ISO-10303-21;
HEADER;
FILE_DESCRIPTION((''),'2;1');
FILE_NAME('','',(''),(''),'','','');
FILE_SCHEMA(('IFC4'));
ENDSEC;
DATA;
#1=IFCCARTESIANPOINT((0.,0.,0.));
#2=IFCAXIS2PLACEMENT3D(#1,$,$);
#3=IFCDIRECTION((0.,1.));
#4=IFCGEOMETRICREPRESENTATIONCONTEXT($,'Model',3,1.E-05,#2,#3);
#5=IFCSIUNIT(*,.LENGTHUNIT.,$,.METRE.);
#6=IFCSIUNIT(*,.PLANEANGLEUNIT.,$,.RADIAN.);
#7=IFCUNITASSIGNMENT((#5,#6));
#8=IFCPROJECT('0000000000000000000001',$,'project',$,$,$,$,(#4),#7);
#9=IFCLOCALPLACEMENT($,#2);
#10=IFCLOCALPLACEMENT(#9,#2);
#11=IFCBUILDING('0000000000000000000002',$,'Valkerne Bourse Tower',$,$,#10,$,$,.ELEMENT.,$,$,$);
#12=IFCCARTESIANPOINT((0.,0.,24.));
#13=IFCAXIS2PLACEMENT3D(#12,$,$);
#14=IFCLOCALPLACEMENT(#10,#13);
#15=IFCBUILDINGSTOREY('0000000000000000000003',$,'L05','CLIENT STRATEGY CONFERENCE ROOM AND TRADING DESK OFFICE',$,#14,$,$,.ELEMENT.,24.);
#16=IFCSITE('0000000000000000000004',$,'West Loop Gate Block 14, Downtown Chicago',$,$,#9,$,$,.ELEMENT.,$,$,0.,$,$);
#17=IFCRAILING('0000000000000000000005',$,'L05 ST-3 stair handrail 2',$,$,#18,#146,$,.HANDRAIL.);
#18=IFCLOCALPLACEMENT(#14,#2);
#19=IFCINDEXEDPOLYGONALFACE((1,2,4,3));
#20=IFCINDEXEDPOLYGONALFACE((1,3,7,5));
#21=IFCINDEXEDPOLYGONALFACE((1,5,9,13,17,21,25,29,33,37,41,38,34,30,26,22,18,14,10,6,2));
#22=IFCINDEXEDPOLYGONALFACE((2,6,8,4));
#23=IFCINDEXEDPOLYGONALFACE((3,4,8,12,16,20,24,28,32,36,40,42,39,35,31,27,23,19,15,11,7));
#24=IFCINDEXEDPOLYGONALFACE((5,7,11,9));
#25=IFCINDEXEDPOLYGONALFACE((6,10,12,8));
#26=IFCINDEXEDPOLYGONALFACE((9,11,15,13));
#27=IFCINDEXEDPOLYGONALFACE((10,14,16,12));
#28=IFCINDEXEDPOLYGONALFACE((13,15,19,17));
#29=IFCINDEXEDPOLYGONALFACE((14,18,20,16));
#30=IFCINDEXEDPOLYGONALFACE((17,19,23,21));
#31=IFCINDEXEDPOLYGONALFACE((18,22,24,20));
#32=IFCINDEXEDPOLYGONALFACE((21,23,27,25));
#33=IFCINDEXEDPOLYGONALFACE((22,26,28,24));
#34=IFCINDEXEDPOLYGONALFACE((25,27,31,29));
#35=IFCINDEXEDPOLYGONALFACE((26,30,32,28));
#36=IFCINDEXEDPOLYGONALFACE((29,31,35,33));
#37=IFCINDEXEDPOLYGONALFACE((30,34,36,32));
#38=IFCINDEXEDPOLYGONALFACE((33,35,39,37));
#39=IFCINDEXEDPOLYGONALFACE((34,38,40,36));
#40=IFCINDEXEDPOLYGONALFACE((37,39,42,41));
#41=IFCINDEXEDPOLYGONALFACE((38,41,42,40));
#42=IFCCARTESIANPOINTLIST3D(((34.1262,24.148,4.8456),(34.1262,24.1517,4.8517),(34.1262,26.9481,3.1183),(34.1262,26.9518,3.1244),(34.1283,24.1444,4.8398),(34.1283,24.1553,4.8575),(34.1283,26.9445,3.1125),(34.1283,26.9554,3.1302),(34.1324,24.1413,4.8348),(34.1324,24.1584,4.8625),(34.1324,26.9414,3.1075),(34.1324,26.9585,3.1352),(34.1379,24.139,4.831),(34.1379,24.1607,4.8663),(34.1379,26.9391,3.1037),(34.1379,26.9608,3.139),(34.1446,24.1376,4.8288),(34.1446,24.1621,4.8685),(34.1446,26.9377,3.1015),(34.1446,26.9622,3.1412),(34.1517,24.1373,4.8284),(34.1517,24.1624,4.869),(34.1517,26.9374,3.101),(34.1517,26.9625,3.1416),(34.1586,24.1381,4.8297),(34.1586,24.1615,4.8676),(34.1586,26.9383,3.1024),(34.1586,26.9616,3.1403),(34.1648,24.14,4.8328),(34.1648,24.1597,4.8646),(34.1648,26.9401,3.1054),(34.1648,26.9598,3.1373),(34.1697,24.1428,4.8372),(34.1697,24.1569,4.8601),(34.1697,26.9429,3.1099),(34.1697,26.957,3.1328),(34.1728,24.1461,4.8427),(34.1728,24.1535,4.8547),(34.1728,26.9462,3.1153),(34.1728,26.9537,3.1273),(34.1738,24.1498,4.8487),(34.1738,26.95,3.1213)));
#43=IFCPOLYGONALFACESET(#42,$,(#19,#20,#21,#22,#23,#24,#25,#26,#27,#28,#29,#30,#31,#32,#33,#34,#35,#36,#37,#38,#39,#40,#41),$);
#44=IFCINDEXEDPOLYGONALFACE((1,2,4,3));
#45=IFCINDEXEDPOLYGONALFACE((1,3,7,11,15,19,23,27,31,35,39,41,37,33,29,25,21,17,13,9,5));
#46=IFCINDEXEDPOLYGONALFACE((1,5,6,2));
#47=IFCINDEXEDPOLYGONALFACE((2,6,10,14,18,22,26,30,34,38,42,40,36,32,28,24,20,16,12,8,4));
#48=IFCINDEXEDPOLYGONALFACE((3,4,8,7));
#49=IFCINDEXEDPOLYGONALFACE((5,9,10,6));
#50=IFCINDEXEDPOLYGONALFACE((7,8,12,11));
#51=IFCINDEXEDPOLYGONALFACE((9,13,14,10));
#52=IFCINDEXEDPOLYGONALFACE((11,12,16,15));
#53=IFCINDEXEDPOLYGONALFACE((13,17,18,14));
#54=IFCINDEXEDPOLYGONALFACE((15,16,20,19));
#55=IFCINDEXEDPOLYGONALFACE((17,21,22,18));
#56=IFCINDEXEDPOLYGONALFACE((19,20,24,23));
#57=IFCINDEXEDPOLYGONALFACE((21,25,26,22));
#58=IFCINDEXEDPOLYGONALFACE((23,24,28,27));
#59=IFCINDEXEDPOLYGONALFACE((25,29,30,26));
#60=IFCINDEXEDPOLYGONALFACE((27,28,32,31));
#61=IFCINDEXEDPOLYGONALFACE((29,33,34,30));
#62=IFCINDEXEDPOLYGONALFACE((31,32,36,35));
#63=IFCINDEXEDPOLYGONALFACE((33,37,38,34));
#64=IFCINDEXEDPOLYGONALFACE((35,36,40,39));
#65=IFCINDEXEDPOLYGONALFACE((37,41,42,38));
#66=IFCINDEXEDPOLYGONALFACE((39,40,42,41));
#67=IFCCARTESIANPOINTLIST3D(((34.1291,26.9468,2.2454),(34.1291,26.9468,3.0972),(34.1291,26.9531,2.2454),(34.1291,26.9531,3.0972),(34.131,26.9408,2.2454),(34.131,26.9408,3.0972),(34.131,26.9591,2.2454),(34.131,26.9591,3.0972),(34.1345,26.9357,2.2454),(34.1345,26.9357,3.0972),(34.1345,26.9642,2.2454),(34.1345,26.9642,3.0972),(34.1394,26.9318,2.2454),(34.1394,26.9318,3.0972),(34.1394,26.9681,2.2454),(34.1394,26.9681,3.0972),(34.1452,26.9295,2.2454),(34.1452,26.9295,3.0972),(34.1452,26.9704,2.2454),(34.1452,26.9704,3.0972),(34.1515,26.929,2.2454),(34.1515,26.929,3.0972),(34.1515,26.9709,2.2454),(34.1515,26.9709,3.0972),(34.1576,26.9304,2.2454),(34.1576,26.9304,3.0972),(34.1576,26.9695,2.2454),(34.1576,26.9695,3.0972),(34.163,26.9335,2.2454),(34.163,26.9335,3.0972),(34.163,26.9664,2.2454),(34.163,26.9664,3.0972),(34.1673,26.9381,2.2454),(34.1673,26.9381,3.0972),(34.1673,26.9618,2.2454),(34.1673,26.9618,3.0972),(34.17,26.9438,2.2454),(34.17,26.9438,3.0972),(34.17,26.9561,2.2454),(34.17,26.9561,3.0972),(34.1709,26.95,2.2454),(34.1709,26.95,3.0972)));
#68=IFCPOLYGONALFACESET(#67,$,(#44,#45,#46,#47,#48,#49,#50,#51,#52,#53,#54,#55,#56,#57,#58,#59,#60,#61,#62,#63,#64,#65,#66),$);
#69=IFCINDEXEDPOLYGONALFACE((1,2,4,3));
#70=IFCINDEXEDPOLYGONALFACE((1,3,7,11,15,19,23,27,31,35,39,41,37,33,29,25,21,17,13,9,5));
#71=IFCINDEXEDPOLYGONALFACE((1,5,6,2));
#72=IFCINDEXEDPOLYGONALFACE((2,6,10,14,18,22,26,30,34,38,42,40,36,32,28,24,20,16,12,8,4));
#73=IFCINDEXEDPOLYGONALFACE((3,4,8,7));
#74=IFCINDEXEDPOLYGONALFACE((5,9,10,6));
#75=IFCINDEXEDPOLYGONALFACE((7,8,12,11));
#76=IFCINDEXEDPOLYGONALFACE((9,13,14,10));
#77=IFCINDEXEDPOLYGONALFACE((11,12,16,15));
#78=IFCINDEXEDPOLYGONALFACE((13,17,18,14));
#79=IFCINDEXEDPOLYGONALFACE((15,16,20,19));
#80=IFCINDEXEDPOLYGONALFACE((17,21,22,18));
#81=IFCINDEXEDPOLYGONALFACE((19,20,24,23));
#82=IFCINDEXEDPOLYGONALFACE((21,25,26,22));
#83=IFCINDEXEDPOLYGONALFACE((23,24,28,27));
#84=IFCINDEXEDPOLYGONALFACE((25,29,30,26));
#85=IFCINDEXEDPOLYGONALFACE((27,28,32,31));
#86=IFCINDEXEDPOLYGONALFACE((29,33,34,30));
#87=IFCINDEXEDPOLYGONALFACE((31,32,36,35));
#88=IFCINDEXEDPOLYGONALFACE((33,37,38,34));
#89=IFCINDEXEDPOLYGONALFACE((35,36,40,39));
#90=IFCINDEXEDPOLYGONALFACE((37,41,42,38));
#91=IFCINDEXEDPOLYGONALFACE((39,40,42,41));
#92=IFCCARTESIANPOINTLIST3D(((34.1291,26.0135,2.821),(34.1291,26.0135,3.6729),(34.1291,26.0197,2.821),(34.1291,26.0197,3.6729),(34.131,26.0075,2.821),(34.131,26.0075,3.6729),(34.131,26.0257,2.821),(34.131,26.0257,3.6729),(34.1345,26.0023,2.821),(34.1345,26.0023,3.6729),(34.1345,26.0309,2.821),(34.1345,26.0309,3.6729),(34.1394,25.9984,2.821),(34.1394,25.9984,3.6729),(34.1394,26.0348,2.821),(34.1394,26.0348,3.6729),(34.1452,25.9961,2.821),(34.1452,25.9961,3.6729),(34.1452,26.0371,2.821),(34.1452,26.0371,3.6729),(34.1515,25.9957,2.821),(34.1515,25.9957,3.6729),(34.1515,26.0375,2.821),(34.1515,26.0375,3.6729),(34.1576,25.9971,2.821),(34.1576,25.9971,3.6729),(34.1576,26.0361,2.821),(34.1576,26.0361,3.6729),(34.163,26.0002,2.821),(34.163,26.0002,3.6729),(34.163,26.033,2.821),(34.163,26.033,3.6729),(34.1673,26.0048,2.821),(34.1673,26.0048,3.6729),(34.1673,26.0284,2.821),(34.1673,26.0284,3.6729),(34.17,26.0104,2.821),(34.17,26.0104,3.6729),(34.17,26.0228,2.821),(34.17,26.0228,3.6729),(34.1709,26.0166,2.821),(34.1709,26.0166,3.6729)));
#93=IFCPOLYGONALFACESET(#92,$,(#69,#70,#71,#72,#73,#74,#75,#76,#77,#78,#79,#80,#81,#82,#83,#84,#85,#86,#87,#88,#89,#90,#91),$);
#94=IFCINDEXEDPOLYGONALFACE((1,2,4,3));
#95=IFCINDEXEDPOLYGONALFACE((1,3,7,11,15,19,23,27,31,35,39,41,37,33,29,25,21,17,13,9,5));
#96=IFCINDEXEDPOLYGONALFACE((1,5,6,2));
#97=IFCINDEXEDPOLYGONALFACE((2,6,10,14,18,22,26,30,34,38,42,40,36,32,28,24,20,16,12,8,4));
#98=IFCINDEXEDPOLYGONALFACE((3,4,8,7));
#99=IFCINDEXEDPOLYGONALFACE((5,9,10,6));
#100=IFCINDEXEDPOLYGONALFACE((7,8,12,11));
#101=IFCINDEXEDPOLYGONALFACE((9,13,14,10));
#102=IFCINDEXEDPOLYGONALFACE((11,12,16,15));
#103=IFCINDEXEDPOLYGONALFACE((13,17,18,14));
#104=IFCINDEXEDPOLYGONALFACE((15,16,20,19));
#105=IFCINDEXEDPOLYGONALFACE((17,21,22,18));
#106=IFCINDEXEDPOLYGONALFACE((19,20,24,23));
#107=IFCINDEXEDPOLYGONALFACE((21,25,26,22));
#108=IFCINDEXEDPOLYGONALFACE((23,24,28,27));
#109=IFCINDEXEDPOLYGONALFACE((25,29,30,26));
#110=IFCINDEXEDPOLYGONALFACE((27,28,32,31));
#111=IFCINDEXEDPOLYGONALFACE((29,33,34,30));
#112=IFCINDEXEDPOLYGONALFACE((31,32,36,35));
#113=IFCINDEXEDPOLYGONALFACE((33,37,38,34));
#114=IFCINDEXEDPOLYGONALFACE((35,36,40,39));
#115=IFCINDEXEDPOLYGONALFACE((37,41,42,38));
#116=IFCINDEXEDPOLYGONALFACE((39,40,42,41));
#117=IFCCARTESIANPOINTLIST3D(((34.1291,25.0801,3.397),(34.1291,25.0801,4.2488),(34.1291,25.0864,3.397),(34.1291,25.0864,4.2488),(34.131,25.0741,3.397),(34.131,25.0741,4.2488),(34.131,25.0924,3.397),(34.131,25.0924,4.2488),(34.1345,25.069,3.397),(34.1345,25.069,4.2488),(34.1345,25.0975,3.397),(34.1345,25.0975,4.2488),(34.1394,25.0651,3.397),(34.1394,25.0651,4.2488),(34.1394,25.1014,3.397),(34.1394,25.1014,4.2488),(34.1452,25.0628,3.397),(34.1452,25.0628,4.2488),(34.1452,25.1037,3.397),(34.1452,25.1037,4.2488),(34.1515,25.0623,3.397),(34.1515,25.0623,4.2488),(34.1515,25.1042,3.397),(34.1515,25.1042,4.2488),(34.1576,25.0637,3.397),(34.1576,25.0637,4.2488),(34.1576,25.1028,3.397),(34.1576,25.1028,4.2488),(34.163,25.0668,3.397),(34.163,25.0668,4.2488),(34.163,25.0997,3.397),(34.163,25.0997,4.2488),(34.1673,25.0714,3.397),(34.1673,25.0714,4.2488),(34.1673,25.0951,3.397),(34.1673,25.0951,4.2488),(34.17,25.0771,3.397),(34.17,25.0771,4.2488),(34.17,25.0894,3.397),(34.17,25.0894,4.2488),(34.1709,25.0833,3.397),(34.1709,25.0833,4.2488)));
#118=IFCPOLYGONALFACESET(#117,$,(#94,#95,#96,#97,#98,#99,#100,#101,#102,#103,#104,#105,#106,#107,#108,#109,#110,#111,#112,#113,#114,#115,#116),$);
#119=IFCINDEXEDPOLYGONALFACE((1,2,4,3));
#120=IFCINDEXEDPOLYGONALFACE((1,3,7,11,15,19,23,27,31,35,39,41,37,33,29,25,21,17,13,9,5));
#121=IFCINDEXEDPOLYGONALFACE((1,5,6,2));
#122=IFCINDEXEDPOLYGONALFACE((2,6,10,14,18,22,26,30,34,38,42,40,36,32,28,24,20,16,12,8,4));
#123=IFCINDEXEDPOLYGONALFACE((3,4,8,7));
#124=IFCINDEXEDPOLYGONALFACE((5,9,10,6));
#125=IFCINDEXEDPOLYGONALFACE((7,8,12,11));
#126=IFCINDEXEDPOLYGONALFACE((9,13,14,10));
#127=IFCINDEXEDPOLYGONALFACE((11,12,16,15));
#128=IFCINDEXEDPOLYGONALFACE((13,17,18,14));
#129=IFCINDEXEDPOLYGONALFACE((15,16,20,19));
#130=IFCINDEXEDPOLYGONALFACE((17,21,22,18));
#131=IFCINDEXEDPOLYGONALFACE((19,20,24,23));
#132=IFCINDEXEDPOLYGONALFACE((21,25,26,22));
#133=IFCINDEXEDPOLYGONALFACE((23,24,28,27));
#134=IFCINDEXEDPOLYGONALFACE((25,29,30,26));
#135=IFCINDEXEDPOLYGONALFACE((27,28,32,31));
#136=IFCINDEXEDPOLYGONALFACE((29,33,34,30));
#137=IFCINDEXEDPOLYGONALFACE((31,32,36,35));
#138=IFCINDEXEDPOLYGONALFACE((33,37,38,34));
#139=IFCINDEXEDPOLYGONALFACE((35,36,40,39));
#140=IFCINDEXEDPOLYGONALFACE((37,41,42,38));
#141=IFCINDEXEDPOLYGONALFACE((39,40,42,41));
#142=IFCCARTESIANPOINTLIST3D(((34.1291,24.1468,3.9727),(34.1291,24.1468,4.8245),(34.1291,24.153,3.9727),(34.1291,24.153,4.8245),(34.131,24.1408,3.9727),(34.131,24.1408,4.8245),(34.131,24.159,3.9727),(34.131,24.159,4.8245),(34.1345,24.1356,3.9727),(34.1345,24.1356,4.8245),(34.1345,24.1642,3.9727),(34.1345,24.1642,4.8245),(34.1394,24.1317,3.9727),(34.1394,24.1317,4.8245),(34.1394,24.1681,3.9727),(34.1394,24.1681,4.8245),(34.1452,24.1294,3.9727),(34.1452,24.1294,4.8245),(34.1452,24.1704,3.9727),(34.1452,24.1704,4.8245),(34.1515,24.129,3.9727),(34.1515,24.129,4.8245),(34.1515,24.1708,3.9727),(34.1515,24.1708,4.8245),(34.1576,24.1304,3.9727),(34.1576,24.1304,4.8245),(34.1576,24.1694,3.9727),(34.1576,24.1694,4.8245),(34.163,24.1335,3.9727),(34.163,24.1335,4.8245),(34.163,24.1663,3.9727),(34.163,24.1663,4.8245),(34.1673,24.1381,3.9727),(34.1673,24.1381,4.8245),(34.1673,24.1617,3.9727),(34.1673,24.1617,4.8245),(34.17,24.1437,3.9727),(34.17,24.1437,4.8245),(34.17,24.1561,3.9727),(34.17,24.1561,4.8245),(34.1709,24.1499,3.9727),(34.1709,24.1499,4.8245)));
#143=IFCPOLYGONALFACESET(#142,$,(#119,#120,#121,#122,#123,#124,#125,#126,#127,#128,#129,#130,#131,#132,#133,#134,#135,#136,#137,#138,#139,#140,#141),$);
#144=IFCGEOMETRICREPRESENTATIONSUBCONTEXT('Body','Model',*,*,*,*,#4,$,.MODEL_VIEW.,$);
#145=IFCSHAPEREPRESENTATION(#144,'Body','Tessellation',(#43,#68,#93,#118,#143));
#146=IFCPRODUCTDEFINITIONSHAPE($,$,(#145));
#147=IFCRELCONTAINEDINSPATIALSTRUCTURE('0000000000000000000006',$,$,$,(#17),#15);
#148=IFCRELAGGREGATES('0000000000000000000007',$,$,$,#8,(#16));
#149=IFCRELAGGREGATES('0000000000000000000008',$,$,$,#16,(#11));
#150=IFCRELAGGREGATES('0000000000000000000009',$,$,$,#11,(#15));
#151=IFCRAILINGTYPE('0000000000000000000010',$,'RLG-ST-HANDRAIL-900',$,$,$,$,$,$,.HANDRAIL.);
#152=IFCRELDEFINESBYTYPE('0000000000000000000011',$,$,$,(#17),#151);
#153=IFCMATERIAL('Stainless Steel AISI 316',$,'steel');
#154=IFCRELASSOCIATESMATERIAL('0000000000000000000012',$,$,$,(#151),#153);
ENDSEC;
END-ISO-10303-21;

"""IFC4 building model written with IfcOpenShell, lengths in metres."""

from ifc_helpers import new_model, si_unit, direction, frame, origin, origin_2d, place, context, subcontext, project, spatial, circle, extrude, material, type_object, element, save


model = new_model("IFC4")

# Units and contexts
model_context = context("Model", 3, precision=1e-05, world=origin(), true_north=direction((0.0, 1.0)))
body_context = subcontext(model_context, "Body", "Model", "MODEL_VIEW")
ifc_project = project(units=[si_unit("LENGTHUNIT", "METRE"), si_unit("PLANEANGLEUNIT", "RADIAN")], contexts=[model_context])

# Site, building, storey
site_placement = place(None, origin())
site = spatial("IfcSite", under=ifc_project, at=site_placement, Name="West Loop Gate Block 14, Downtown Chicago", CompositionType="ELEMENT", RefElevation=0.0)
building_placement = place(site_placement, origin())
building = spatial("IfcBuilding", under=site, at=building_placement, Name="Valkerne Bourse Tower", CompositionType="ELEMENT")
storey_placement = place(building_placement, frame((0.0, 0.0, 24.0)))
storey = spatial("IfcBuildingStorey", under=building, at=storey_placement, Name="L05", Description="CLIENT STRATEGY CONFERENCE ROOM AND TRADING DESK OFFICE", CompositionType="ELEMENT", Elevation=24.0)

# Railing
ifc_material_1 = material(Name="Stainless Steel AISI 316", Category="steel")
railing_type_1 = type_object("IfcRailingType", Name="RLG-ST-HANDRAIL-900", PredefinedType="HANDRAIL", material=ifc_material_1)
railing_1_placement = place(storey_placement, frame((34.1499, 26.95, 2.2454)))
element("IfcRailing", 1, at=railing_1_placement, inside=storey, type_object=railing_type_1, Name="L05 ST-3 stair handrail 2", PredefinedType="HANDRAIL", context=body_context, shape_type="SweptSolid", body=[
    extrude(circle(Radius=0.0239, at=origin_2d()), frame((0.0, 0.0, 0.876), z_axis=(0.0, -0.85109, 0.52502), x_axis=(1.0, 0.0, 0.0)), (0.0, 0.0, 1.0), 3.29),
    extrude(circle(Radius=0.021, at=origin_2d()), origin(), (0.0, 0.0, 1.0), 0.8518),
    extrude(circle(Radius=0.021, at=origin_2d()), frame((0.0, -0.9333, 0.5757)), (0.0, 0.0, 1.0), 0.8518),
    extrude(circle(Radius=0.021, at=origin_2d()), frame((0.0, -1.8667, 1.1516)), (0.0, 0.0, 1.0), 0.8518),
    extrude(circle(Radius=0.021, at=origin_2d()), frame((0.0, -2.8, 1.7273)), (0.0, 0.0, 1.0), 0.8518),
])

save(model, "model.ifc")
